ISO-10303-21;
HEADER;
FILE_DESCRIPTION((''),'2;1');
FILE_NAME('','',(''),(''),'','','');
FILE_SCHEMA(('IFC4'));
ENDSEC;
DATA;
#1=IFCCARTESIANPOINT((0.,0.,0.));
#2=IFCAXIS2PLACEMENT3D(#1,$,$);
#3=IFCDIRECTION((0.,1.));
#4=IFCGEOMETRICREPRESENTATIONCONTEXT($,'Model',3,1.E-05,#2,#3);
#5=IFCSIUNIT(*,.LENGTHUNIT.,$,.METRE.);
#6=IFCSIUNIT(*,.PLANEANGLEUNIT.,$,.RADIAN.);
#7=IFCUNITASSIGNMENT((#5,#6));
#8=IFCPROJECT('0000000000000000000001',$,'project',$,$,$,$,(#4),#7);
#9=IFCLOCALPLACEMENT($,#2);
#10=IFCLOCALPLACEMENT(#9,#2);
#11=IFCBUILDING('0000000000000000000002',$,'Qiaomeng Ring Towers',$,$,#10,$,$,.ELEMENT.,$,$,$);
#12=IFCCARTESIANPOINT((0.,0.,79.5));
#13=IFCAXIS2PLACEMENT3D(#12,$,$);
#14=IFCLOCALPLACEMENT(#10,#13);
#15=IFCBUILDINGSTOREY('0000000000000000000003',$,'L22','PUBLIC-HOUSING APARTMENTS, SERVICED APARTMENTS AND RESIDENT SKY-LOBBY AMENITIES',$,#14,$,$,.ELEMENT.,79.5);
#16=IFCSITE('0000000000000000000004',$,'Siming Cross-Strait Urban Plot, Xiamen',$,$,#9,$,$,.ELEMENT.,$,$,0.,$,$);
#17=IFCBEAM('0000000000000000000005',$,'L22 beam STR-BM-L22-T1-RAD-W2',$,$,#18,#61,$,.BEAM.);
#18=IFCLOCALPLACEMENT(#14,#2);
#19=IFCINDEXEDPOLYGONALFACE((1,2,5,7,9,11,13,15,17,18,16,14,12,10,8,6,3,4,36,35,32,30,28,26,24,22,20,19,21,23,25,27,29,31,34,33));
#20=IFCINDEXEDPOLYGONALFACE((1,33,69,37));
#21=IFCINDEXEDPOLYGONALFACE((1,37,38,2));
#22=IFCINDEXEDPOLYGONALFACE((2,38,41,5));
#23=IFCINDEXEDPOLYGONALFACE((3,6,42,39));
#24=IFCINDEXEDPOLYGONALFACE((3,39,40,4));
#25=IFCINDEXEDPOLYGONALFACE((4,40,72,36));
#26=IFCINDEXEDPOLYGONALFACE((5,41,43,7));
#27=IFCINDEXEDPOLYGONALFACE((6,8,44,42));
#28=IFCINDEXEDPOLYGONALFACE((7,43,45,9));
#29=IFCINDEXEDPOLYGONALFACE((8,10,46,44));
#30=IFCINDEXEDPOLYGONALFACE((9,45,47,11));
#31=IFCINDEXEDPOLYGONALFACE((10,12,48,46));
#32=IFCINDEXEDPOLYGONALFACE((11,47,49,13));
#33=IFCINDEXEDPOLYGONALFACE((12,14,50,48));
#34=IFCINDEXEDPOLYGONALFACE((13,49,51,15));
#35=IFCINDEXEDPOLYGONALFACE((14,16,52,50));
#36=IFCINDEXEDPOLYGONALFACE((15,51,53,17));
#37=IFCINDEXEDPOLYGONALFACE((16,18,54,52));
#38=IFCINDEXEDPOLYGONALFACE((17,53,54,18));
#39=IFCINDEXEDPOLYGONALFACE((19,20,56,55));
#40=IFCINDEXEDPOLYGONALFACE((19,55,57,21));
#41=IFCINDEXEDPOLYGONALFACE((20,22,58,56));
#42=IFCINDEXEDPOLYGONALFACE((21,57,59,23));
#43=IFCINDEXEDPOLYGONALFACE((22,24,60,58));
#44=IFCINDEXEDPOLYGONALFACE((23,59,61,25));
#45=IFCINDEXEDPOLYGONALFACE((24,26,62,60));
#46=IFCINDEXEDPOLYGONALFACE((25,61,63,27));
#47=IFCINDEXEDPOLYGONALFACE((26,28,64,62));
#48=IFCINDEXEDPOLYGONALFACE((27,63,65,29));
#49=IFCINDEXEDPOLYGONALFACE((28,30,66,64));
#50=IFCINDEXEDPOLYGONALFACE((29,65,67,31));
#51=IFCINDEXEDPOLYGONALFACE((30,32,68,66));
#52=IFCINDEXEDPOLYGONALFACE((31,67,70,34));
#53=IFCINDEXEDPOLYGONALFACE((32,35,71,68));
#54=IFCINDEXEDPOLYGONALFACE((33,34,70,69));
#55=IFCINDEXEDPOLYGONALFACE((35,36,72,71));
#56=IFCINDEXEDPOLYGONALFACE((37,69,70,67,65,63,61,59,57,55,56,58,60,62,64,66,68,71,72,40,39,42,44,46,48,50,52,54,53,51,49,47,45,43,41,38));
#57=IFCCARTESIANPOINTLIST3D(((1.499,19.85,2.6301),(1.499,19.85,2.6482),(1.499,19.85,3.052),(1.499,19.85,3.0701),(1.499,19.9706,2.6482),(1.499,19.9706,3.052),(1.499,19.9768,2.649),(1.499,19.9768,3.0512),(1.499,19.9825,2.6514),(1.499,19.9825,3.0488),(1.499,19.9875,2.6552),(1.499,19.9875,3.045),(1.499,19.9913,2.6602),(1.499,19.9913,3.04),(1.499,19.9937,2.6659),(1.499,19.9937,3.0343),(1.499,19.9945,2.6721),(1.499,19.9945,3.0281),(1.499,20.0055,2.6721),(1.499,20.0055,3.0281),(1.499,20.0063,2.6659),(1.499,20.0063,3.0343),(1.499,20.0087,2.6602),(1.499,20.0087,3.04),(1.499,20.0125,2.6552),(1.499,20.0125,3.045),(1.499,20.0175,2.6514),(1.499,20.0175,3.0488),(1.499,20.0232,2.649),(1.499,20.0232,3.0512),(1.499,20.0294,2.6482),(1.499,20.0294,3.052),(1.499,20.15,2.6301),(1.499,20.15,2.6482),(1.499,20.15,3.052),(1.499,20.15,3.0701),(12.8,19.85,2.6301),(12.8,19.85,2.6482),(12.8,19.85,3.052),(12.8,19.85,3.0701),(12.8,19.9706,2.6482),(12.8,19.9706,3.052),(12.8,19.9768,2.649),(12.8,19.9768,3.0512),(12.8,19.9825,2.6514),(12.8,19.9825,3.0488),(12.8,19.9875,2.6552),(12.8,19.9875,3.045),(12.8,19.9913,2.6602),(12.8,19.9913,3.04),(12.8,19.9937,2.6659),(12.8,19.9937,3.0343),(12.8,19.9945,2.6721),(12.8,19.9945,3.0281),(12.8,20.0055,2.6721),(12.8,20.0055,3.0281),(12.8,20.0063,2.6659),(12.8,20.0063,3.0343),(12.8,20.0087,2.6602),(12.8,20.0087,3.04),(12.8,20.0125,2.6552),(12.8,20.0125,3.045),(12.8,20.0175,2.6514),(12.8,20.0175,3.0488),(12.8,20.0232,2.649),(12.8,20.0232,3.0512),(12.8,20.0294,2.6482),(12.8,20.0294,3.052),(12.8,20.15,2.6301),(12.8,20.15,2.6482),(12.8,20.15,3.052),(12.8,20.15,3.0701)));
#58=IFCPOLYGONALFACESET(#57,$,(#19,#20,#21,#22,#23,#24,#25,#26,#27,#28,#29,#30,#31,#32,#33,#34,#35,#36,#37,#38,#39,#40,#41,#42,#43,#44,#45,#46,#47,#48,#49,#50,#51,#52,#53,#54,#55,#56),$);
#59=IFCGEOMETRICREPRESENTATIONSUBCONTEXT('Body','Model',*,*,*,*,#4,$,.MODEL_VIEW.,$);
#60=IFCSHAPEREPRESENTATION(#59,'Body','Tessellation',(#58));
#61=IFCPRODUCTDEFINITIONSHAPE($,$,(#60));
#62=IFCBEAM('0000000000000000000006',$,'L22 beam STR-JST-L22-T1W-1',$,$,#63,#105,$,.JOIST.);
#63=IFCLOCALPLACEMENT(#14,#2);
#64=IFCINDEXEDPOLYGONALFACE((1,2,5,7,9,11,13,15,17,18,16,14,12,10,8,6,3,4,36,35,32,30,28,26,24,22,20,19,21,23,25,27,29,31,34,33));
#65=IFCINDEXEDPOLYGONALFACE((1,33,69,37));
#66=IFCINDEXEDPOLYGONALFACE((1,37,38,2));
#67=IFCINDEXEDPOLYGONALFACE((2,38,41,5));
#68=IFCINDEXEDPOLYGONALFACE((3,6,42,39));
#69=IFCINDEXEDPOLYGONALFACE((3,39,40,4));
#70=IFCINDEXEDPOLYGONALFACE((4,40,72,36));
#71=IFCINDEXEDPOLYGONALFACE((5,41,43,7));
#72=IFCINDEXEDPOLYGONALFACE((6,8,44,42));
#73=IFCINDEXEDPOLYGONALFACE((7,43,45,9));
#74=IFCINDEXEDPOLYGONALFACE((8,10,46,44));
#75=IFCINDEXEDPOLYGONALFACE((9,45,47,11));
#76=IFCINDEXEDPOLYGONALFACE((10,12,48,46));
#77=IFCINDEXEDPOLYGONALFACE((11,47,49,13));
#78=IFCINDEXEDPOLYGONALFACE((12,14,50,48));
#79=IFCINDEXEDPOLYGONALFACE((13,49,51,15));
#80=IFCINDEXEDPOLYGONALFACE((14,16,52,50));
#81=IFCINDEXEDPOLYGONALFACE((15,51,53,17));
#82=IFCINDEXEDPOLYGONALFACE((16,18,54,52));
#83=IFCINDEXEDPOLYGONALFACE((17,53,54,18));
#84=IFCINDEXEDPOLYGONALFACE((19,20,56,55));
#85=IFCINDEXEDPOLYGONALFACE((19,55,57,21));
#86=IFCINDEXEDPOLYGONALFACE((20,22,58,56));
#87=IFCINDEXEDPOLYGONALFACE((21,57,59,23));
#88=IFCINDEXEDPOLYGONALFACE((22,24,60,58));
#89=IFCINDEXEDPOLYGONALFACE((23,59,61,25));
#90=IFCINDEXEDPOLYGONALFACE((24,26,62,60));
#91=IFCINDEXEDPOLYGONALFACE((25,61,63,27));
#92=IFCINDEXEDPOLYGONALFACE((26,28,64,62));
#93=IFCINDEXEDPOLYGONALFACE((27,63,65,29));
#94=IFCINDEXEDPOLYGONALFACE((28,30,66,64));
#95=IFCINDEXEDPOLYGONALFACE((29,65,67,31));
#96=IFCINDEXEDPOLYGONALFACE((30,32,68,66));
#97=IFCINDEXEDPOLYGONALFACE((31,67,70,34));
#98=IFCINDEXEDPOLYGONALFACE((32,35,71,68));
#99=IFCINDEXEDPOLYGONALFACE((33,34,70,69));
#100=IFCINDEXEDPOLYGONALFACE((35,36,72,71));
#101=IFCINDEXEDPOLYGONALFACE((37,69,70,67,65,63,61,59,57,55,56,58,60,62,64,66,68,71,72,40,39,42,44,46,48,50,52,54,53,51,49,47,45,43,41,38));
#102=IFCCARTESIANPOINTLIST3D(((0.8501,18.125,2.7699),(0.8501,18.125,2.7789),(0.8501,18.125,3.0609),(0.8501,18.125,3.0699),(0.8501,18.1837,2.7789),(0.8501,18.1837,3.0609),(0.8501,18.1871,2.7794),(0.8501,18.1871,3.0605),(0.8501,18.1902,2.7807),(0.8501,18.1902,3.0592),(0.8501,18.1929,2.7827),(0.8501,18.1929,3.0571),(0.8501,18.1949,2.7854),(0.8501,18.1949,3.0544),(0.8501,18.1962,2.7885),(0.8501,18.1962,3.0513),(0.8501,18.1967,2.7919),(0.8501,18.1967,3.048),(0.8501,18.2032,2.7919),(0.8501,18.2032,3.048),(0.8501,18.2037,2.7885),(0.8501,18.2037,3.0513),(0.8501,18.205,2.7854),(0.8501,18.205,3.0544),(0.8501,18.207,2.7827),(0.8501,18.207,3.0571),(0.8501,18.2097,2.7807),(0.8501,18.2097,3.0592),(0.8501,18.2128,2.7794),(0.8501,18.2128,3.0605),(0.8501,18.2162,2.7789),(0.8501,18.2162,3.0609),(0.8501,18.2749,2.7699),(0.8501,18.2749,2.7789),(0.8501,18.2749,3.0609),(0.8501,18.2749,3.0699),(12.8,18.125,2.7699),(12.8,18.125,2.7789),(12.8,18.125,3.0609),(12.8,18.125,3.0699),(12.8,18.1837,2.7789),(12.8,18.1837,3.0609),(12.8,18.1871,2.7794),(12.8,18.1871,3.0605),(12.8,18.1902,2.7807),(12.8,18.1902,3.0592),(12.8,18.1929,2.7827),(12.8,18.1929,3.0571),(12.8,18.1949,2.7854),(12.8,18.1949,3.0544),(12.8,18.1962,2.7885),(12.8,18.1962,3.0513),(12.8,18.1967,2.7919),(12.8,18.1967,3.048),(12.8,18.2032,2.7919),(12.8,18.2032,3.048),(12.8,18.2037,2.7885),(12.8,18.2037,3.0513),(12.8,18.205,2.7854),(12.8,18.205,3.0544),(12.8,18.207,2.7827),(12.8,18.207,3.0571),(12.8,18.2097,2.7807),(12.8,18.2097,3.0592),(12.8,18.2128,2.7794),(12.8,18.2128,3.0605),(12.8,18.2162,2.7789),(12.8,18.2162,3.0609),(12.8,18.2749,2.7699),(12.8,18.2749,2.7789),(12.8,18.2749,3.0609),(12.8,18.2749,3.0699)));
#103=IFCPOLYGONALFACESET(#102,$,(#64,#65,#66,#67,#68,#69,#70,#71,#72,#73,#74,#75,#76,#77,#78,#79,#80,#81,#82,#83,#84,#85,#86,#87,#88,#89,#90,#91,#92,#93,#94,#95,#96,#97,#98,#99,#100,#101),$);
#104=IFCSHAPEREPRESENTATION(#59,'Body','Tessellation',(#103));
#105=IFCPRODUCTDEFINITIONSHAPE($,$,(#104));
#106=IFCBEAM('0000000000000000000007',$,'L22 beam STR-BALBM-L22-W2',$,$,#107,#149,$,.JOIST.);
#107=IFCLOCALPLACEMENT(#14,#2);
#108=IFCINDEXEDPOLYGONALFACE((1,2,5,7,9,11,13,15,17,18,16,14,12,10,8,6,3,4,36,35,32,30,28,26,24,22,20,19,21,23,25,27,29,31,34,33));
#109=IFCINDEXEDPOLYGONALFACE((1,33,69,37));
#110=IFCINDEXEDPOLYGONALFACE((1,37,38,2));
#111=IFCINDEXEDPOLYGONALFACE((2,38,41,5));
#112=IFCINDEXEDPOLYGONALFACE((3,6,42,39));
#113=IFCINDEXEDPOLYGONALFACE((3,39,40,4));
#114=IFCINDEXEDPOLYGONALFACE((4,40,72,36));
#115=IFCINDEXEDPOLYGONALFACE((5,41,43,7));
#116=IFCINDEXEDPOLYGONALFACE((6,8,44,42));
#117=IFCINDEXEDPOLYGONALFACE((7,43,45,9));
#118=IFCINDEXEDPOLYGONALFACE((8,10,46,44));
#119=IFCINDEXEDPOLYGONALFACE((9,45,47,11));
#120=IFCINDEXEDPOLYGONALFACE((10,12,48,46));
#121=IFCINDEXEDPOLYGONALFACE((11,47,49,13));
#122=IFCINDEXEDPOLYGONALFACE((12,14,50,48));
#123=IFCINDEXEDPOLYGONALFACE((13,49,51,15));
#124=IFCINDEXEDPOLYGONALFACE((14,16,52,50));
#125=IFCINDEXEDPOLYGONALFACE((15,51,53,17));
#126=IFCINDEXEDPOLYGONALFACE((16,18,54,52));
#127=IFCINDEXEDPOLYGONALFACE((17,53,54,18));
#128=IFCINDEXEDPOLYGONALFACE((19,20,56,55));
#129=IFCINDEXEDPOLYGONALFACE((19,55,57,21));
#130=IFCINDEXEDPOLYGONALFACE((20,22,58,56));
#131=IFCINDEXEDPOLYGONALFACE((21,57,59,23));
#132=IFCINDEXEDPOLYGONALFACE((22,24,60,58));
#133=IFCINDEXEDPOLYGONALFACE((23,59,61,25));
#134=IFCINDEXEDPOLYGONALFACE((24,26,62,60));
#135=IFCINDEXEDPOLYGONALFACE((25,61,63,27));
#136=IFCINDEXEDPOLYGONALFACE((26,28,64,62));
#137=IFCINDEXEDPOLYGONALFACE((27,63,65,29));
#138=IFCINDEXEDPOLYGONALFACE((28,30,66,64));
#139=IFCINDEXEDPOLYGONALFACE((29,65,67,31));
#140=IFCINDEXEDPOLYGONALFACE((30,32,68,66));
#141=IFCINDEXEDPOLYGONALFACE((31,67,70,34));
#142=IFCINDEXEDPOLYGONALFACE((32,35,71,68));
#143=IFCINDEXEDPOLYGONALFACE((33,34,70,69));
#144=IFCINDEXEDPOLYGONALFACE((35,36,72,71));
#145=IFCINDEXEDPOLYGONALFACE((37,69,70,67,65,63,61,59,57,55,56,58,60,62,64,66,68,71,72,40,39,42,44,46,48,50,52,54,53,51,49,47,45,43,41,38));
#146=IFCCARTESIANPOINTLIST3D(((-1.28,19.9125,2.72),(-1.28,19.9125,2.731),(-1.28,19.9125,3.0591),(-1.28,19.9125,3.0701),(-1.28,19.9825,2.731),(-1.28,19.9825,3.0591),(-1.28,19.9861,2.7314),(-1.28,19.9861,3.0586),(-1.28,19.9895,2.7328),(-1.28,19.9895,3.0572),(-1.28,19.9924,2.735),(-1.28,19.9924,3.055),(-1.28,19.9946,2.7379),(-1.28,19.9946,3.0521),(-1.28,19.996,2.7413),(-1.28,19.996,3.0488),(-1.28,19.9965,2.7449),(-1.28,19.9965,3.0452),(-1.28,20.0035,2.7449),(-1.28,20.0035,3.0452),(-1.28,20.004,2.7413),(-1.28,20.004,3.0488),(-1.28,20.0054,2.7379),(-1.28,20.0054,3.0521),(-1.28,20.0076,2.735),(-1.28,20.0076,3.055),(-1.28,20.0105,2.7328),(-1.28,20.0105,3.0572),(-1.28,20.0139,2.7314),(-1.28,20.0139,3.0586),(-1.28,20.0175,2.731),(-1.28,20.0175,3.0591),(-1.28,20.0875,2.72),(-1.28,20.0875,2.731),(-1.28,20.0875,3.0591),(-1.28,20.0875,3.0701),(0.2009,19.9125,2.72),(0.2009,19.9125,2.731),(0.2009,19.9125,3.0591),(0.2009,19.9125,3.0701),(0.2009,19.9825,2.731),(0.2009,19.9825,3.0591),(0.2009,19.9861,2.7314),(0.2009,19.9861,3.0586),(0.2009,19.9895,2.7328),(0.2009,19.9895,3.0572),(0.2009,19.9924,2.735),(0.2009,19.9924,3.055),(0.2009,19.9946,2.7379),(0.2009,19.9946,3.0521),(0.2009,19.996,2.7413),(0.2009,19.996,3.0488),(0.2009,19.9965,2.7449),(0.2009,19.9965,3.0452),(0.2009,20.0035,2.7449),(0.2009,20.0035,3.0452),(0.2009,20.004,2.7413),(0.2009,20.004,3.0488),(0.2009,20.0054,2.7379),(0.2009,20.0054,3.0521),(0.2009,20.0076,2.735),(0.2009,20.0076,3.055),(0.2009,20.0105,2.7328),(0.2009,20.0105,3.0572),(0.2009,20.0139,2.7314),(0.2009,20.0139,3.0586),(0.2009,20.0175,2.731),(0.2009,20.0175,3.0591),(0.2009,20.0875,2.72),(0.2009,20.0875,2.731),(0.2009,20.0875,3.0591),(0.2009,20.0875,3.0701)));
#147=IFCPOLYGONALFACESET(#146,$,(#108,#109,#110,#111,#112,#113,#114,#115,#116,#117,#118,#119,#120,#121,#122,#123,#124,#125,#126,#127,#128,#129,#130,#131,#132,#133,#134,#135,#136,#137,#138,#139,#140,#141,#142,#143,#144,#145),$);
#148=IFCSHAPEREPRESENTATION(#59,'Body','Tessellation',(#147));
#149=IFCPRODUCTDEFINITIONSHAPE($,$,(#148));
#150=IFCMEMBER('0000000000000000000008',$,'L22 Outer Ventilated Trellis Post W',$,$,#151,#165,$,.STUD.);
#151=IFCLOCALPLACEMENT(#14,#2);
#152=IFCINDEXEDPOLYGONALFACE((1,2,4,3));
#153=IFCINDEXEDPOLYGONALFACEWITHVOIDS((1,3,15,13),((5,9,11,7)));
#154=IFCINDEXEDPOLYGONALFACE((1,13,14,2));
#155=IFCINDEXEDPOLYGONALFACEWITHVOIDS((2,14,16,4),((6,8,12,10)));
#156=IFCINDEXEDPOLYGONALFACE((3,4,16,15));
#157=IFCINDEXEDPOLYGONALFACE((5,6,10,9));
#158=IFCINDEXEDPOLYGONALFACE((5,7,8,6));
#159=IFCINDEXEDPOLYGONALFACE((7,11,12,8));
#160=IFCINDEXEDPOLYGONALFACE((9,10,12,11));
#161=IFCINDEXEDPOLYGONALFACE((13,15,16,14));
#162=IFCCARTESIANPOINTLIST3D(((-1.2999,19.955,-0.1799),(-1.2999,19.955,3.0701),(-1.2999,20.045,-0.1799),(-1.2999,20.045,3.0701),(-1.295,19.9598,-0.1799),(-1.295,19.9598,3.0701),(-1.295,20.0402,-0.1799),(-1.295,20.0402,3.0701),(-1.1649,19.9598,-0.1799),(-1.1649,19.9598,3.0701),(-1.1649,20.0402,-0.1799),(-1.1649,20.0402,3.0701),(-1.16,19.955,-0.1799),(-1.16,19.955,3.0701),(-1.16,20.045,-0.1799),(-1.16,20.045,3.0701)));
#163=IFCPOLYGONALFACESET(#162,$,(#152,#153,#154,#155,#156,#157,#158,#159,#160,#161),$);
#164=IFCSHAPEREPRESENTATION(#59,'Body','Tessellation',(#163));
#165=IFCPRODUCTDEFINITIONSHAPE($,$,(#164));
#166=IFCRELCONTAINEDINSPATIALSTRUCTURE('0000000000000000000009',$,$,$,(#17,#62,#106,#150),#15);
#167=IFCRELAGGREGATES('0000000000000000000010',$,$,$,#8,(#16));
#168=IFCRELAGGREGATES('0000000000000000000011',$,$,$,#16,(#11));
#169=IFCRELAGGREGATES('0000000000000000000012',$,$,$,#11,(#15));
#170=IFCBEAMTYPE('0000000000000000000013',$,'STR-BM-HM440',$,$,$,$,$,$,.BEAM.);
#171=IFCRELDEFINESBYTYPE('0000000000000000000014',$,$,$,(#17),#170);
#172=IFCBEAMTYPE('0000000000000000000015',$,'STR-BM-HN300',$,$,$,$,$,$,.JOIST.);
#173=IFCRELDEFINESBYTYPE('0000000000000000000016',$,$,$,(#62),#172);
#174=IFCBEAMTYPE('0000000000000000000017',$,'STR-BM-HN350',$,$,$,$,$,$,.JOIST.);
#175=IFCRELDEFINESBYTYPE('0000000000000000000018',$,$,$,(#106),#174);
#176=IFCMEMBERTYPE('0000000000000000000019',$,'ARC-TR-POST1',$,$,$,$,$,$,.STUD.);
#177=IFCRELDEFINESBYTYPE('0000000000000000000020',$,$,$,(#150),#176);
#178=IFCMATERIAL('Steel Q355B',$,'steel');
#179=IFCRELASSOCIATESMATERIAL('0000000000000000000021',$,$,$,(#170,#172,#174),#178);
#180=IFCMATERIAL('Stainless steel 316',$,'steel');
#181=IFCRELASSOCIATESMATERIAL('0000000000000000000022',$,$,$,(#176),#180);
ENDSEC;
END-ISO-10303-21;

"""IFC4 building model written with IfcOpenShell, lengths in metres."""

from ifc_helpers import new_model, si_unit, direction, frame, origin, origin_2d, place, context, subcontext, project, spatial, hollow_rectangle, i_section, extrude, source, transform, mapped, material, material_profile, profile_set, type_object, element, save


model = new_model("IFC4")

# Units and contexts
model_context = context("Model", 3, precision=1e-05, world=origin(), true_north=direction((0.0, 1.0)))
body_context = subcontext(model_context, "Body", "Model", "MODEL_VIEW")
ifc_project = project(units=[si_unit("LENGTHUNIT", "METRE"), si_unit("PLANEANGLEUNIT", "RADIAN")], contexts=[model_context])

# Site, building, storey
site_placement = place(None, origin())
site = spatial("IfcSite", under=ifc_project, at=site_placement, Name="Siming Cross-Strait Urban Plot, Xiamen", CompositionType="ELEMENT", RefElevation=0.0)
building_placement = place(site_placement, origin())
building = spatial("IfcBuilding", under=site, at=building_placement, Name="Qiaomeng Ring Towers", CompositionType="ELEMENT")
storey_placement = place(building_placement, frame((0.0, 0.0, 79.5)))
storey = spatial("IfcBuildingStorey", under=building, at=storey_placement, Name="L22", Description="PUBLIC-HOUSING APARTMENTS, SERVICED APARTMENTS AND RESIDENT SKY-LOBBY AMENITIES", CompositionType="ELEMENT", Elevation=79.5)

# Beams
ifc_material_1 = material(Name="Steel Q355B", Category="steel")
ifc_material_profile_1 = material_profile(ifc_material_1, i_section(OverallWidth=0.3, OverallDepth=0.4399, WebThickness=0.011, FlangeThickness=0.0181, FilletRadius=0.0239, at=origin_2d()), Name="HM 440x300x11x18")
ifc_profile_set_1 = profile_set([ifc_material_profile_1], Name="Steel Q355B")
beam_type_1 = type_object("IfcBeamType", Name="STR-BM-HM440", PredefinedType="BEAM", material=ifc_profile_set_1)
shared_shape_1 = source(origin(), body_context, "Body", "SweptSolid", [
    extrude(i_section(OverallWidth=0.3, OverallDepth=0.4399, WebThickness=0.011, FlangeThickness=0.0181, FilletRadius=0.0239, at=origin_2d()), origin(), (0.0, 0.0, 1.0), 11.301),
])
beam_1_placement = place(storey_placement, frame((1.499, 20.0, 2.8501), z_axis=(1.0, 0.0, 0.0), x_axis=(0.0, 1.0, 0.0)))
element("IfcBeam", 1, at=beam_1_placement, inside=storey, type_object=beam_type_1, Name="L22 beam STR-BM-L22-T1-RAD-W2", PredefinedType="BEAM", context=body_context, shape_type="MappedRepresentation", body=[
    mapped(shared_shape_1, transform((0.0, 0.0, 0.0), x_axis=(1.0, 0.0, 0.0), y_axis=(0.0, 1.0, 0.0), z_axis=(0.0, 0.0, 1.0), scale=1.0)),
])
ifc_material_profile_2 = material_profile(ifc_material_1, i_section(OverallWidth=0.1499, OverallDepth=0.3, WebThickness=0.0066, FlangeThickness=0.009, FilletRadius=0.0129, at=origin_2d()), Name="HN 300x150x6.5x9")
ifc_profile_set_2 = profile_set([ifc_material_profile_2], Name="Steel Q355B")
beam_type_2 = type_object("IfcBeamType", Name="STR-BM-HN300", PredefinedType="JOIST", material=ifc_profile_set_2)
shared_shape_2 = source(origin(), body_context, "Body", "SweptSolid", [
    extrude(i_section(OverallWidth=0.1499, OverallDepth=0.3, WebThickness=0.0066, FlangeThickness=0.009, FilletRadius=0.0129, at=origin_2d()), origin(), (0.0, 0.0, 1.0), 11.95),
])
beam_2_placement = place(storey_placement, frame((0.8501, 18.2, 2.9199), z_axis=(1.0, 0.0, 0.0), x_axis=(0.0, 1.0, 0.0)))
element("IfcBeam", 2, at=beam_2_placement, inside=storey, type_object=beam_type_2, Name="L22 beam STR-JST-L22-T1W-1", PredefinedType="JOIST", context=body_context, shape_type="MappedRepresentation", body=[
    mapped(shared_shape_2, transform((0.0, 0.0, 0.0), x_axis=(1.0, 0.0, 0.0), y_axis=(0.0, 1.0, 0.0), z_axis=(0.0, 0.0, 1.0), scale=1.0)),
])
ifc_material_profile_3 = material_profile(ifc_material_1, i_section(OverallWidth=0.175, OverallDepth=0.3501, WebThickness=0.0071, FlangeThickness=0.011, FilletRadius=0.0139, at=origin_2d()), Name="HN 350x175x7x11")
ifc_profile_set_3 = profile_set([ifc_material_profile_3], Name="Steel Q355B")
beam_type_3 = type_object("IfcBeamType", Name="STR-BM-HN350", PredefinedType="JOIST", material=ifc_profile_set_3)
shared_shape_3 = source(origin(), body_context, "Body", "SweptSolid", [
    extrude(i_section(OverallWidth=0.175, OverallDepth=0.3501, WebThickness=0.0071, FlangeThickness=0.011, FilletRadius=0.0139, at=origin_2d()), origin(), (0.0, 0.0, 1.0), 1.481),
])
beam_3_placement = place(storey_placement, frame((-1.28, 20.0, 2.895), z_axis=(1.0, 0.0, 0.0), x_axis=(0.0, 1.0, 0.0)))
element("IfcBeam", 3, at=beam_3_placement, inside=storey, type_object=beam_type_3, Name="L22 beam STR-BALBM-L22-W2", PredefinedType="JOIST", context=body_context, shape_type="MappedRepresentation", body=[
    mapped(shared_shape_3, transform((0.0, 0.0, 0.0), x_axis=(1.0, 0.0, 0.0), y_axis=(0.0, 1.0, 0.0), z_axis=(0.0, 0.0, 1.0), scale=1.0)),
])

# Member
ifc_material_2 = material(Name="Stainless steel 316", Category="steel")
ifc_material_profile_4 = material_profile(ifc_material_2, hollow_rectangle(XDim=0.0901, YDim=0.1399, WallThickness=0.0049, at=origin_2d()), Name="SS TRELLIS 90x140")
ifc_profile_set_4 = profile_set([ifc_material_profile_4], Name="Stainless steel 316")
member_type = type_object("IfcMemberType", Name="ARC-TR-POST1", PredefinedType="STUD", material=ifc_profile_set_4)
shared_shape_4 = source(origin(), body_context, "Body", "SweptSolid", [
    extrude(hollow_rectangle(XDim=0.0901, YDim=0.1399, WallThickness=0.0049, at=origin_2d()), origin(), (0.0, 0.0, 1.0), 3.25),
])
member_placement = place(storey_placement, frame((-1.23, 20.0, -0.1799), z_axis=(0.0, 0.0, 1.0), x_axis=(0.0, 1.0, 0.0)))
element("IfcMember", 4, at=member_placement, inside=storey, type_object=member_type, Name="L22 Outer Ventilated Trellis Post W", PredefinedType="STUD", context=body_context, shape_type="MappedRepresentation", body=[
    mapped(shared_shape_4, transform((0.0, 0.0, 0.0), x_axis=(1.0, 0.0, 0.0), y_axis=(0.0, 1.0, 0.0), z_axis=(0.0, 0.0, 1.0), scale=1.0)),
])

save(model, "model.ifc")
